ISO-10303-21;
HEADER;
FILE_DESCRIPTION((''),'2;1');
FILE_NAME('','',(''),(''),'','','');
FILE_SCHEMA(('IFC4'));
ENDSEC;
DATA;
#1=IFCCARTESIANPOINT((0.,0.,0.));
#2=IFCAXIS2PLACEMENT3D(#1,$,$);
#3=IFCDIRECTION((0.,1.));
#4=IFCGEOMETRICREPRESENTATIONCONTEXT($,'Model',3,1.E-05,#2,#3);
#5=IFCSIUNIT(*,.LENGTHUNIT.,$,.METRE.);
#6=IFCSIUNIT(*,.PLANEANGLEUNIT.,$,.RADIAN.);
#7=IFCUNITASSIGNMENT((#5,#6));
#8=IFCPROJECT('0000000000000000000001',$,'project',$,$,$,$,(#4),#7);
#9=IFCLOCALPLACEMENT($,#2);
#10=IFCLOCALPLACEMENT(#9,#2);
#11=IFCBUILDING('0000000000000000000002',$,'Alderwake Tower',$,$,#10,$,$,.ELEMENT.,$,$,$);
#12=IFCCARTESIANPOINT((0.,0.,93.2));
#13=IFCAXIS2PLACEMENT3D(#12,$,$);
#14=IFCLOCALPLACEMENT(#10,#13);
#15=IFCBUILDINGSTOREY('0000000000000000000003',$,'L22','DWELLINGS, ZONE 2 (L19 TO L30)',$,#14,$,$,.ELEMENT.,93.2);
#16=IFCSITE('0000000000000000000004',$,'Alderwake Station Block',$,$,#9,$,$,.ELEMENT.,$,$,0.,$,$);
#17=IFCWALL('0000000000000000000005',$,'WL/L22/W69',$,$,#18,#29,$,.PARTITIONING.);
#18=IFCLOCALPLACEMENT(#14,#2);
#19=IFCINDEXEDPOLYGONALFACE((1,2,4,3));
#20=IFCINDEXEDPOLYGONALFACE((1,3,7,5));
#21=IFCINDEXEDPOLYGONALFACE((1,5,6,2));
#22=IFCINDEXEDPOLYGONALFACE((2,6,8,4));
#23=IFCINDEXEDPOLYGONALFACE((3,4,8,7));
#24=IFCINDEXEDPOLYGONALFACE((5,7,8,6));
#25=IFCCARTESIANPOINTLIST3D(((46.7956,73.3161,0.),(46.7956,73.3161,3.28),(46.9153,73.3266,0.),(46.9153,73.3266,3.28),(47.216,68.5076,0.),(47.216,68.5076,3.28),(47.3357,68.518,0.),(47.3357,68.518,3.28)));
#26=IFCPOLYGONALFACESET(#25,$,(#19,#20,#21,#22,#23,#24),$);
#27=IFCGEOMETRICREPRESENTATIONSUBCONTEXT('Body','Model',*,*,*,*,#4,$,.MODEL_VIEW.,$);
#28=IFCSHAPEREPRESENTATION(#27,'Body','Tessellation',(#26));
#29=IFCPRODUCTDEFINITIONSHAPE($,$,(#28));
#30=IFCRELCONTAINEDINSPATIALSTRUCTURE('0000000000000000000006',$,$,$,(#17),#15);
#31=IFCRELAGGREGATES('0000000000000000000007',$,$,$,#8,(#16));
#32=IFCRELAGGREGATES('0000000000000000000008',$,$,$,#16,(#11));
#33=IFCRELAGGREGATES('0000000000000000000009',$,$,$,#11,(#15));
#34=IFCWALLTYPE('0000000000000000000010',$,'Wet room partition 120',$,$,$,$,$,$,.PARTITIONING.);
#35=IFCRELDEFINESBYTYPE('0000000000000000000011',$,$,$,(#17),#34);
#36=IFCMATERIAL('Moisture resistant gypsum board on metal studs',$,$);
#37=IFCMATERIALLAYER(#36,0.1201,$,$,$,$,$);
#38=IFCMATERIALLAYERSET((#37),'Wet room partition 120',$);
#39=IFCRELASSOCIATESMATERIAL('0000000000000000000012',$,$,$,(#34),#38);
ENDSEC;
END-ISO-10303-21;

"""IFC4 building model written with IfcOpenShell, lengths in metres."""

from ifc_helpers import new_model, si_unit, direction, frame, frame_2d, origin, place, context, subcontext, project, spatial, rectangle, extrude, material, layer, layer_set, type_object, element, save


model = new_model("IFC4")

# Units and contexts
model_context = context("Model", 3, precision=1e-05, world=origin(), true_north=direction((0.0, 1.0)))
body_context = subcontext(model_context, "Body", "Model", "MODEL_VIEW")
ifc_project = project(units=[si_unit("LENGTHUNIT", "METRE"), si_unit("PLANEANGLEUNIT", "RADIAN")], contexts=[model_context])

# Site, building, storey
site_placement = place(None, origin())
site = spatial("IfcSite", under=ifc_project, at=site_placement, Name="Alderwake Station Block", CompositionType="ELEMENT", RefElevation=0.0)
building_placement = place(site_placement, origin())
building = spatial("IfcBuilding", under=site, at=building_placement, Name="Alderwake Tower", CompositionType="ELEMENT")
storey_placement = place(building_placement, frame((0.0, 0.0, 93.2)))
storey = spatial("IfcBuildingStorey", under=building, at=storey_placement, Name="L22", Description="DWELLINGS, ZONE 2 (L19 TO L30)", CompositionType="ELEMENT", Elevation=93.2)

# Wall
ifc_material_1 = material(Name="Moisture resistant gypsum board on metal studs")
ifc_layer_1 = layer(ifc_material_1, 0.1201)
ifc_layer_set_1 = layer_set([ifc_layer_1], Name="Wet room partition 120")
wall_type_1 = type_object("IfcWallType", Name="Wet room partition 120", PredefinedType="PARTITIONING", material=ifc_layer_set_1)
wall_1_placement = place(storey_placement, frame((47.2759, 68.5127, 0.0), z_axis=(0.0, 0.0, 1.0), x_axis=(-0.087097, 0.9962, 0.0)))
element("IfcWall", 1, at=wall_1_placement, inside=storey, type_object=wall_type_1, Name="WL/L22/W69", PredefinedType="PARTITIONING", context=body_context, shape_type="SweptSolid", body=[
    extrude(rectangle(XDim=4.8269, YDim=0.1201, at=frame_2d((2.4136, 0.0))), origin(), (0.0, 0.0, 1.0), 3.28),
])

save(model, "model.ifc")
